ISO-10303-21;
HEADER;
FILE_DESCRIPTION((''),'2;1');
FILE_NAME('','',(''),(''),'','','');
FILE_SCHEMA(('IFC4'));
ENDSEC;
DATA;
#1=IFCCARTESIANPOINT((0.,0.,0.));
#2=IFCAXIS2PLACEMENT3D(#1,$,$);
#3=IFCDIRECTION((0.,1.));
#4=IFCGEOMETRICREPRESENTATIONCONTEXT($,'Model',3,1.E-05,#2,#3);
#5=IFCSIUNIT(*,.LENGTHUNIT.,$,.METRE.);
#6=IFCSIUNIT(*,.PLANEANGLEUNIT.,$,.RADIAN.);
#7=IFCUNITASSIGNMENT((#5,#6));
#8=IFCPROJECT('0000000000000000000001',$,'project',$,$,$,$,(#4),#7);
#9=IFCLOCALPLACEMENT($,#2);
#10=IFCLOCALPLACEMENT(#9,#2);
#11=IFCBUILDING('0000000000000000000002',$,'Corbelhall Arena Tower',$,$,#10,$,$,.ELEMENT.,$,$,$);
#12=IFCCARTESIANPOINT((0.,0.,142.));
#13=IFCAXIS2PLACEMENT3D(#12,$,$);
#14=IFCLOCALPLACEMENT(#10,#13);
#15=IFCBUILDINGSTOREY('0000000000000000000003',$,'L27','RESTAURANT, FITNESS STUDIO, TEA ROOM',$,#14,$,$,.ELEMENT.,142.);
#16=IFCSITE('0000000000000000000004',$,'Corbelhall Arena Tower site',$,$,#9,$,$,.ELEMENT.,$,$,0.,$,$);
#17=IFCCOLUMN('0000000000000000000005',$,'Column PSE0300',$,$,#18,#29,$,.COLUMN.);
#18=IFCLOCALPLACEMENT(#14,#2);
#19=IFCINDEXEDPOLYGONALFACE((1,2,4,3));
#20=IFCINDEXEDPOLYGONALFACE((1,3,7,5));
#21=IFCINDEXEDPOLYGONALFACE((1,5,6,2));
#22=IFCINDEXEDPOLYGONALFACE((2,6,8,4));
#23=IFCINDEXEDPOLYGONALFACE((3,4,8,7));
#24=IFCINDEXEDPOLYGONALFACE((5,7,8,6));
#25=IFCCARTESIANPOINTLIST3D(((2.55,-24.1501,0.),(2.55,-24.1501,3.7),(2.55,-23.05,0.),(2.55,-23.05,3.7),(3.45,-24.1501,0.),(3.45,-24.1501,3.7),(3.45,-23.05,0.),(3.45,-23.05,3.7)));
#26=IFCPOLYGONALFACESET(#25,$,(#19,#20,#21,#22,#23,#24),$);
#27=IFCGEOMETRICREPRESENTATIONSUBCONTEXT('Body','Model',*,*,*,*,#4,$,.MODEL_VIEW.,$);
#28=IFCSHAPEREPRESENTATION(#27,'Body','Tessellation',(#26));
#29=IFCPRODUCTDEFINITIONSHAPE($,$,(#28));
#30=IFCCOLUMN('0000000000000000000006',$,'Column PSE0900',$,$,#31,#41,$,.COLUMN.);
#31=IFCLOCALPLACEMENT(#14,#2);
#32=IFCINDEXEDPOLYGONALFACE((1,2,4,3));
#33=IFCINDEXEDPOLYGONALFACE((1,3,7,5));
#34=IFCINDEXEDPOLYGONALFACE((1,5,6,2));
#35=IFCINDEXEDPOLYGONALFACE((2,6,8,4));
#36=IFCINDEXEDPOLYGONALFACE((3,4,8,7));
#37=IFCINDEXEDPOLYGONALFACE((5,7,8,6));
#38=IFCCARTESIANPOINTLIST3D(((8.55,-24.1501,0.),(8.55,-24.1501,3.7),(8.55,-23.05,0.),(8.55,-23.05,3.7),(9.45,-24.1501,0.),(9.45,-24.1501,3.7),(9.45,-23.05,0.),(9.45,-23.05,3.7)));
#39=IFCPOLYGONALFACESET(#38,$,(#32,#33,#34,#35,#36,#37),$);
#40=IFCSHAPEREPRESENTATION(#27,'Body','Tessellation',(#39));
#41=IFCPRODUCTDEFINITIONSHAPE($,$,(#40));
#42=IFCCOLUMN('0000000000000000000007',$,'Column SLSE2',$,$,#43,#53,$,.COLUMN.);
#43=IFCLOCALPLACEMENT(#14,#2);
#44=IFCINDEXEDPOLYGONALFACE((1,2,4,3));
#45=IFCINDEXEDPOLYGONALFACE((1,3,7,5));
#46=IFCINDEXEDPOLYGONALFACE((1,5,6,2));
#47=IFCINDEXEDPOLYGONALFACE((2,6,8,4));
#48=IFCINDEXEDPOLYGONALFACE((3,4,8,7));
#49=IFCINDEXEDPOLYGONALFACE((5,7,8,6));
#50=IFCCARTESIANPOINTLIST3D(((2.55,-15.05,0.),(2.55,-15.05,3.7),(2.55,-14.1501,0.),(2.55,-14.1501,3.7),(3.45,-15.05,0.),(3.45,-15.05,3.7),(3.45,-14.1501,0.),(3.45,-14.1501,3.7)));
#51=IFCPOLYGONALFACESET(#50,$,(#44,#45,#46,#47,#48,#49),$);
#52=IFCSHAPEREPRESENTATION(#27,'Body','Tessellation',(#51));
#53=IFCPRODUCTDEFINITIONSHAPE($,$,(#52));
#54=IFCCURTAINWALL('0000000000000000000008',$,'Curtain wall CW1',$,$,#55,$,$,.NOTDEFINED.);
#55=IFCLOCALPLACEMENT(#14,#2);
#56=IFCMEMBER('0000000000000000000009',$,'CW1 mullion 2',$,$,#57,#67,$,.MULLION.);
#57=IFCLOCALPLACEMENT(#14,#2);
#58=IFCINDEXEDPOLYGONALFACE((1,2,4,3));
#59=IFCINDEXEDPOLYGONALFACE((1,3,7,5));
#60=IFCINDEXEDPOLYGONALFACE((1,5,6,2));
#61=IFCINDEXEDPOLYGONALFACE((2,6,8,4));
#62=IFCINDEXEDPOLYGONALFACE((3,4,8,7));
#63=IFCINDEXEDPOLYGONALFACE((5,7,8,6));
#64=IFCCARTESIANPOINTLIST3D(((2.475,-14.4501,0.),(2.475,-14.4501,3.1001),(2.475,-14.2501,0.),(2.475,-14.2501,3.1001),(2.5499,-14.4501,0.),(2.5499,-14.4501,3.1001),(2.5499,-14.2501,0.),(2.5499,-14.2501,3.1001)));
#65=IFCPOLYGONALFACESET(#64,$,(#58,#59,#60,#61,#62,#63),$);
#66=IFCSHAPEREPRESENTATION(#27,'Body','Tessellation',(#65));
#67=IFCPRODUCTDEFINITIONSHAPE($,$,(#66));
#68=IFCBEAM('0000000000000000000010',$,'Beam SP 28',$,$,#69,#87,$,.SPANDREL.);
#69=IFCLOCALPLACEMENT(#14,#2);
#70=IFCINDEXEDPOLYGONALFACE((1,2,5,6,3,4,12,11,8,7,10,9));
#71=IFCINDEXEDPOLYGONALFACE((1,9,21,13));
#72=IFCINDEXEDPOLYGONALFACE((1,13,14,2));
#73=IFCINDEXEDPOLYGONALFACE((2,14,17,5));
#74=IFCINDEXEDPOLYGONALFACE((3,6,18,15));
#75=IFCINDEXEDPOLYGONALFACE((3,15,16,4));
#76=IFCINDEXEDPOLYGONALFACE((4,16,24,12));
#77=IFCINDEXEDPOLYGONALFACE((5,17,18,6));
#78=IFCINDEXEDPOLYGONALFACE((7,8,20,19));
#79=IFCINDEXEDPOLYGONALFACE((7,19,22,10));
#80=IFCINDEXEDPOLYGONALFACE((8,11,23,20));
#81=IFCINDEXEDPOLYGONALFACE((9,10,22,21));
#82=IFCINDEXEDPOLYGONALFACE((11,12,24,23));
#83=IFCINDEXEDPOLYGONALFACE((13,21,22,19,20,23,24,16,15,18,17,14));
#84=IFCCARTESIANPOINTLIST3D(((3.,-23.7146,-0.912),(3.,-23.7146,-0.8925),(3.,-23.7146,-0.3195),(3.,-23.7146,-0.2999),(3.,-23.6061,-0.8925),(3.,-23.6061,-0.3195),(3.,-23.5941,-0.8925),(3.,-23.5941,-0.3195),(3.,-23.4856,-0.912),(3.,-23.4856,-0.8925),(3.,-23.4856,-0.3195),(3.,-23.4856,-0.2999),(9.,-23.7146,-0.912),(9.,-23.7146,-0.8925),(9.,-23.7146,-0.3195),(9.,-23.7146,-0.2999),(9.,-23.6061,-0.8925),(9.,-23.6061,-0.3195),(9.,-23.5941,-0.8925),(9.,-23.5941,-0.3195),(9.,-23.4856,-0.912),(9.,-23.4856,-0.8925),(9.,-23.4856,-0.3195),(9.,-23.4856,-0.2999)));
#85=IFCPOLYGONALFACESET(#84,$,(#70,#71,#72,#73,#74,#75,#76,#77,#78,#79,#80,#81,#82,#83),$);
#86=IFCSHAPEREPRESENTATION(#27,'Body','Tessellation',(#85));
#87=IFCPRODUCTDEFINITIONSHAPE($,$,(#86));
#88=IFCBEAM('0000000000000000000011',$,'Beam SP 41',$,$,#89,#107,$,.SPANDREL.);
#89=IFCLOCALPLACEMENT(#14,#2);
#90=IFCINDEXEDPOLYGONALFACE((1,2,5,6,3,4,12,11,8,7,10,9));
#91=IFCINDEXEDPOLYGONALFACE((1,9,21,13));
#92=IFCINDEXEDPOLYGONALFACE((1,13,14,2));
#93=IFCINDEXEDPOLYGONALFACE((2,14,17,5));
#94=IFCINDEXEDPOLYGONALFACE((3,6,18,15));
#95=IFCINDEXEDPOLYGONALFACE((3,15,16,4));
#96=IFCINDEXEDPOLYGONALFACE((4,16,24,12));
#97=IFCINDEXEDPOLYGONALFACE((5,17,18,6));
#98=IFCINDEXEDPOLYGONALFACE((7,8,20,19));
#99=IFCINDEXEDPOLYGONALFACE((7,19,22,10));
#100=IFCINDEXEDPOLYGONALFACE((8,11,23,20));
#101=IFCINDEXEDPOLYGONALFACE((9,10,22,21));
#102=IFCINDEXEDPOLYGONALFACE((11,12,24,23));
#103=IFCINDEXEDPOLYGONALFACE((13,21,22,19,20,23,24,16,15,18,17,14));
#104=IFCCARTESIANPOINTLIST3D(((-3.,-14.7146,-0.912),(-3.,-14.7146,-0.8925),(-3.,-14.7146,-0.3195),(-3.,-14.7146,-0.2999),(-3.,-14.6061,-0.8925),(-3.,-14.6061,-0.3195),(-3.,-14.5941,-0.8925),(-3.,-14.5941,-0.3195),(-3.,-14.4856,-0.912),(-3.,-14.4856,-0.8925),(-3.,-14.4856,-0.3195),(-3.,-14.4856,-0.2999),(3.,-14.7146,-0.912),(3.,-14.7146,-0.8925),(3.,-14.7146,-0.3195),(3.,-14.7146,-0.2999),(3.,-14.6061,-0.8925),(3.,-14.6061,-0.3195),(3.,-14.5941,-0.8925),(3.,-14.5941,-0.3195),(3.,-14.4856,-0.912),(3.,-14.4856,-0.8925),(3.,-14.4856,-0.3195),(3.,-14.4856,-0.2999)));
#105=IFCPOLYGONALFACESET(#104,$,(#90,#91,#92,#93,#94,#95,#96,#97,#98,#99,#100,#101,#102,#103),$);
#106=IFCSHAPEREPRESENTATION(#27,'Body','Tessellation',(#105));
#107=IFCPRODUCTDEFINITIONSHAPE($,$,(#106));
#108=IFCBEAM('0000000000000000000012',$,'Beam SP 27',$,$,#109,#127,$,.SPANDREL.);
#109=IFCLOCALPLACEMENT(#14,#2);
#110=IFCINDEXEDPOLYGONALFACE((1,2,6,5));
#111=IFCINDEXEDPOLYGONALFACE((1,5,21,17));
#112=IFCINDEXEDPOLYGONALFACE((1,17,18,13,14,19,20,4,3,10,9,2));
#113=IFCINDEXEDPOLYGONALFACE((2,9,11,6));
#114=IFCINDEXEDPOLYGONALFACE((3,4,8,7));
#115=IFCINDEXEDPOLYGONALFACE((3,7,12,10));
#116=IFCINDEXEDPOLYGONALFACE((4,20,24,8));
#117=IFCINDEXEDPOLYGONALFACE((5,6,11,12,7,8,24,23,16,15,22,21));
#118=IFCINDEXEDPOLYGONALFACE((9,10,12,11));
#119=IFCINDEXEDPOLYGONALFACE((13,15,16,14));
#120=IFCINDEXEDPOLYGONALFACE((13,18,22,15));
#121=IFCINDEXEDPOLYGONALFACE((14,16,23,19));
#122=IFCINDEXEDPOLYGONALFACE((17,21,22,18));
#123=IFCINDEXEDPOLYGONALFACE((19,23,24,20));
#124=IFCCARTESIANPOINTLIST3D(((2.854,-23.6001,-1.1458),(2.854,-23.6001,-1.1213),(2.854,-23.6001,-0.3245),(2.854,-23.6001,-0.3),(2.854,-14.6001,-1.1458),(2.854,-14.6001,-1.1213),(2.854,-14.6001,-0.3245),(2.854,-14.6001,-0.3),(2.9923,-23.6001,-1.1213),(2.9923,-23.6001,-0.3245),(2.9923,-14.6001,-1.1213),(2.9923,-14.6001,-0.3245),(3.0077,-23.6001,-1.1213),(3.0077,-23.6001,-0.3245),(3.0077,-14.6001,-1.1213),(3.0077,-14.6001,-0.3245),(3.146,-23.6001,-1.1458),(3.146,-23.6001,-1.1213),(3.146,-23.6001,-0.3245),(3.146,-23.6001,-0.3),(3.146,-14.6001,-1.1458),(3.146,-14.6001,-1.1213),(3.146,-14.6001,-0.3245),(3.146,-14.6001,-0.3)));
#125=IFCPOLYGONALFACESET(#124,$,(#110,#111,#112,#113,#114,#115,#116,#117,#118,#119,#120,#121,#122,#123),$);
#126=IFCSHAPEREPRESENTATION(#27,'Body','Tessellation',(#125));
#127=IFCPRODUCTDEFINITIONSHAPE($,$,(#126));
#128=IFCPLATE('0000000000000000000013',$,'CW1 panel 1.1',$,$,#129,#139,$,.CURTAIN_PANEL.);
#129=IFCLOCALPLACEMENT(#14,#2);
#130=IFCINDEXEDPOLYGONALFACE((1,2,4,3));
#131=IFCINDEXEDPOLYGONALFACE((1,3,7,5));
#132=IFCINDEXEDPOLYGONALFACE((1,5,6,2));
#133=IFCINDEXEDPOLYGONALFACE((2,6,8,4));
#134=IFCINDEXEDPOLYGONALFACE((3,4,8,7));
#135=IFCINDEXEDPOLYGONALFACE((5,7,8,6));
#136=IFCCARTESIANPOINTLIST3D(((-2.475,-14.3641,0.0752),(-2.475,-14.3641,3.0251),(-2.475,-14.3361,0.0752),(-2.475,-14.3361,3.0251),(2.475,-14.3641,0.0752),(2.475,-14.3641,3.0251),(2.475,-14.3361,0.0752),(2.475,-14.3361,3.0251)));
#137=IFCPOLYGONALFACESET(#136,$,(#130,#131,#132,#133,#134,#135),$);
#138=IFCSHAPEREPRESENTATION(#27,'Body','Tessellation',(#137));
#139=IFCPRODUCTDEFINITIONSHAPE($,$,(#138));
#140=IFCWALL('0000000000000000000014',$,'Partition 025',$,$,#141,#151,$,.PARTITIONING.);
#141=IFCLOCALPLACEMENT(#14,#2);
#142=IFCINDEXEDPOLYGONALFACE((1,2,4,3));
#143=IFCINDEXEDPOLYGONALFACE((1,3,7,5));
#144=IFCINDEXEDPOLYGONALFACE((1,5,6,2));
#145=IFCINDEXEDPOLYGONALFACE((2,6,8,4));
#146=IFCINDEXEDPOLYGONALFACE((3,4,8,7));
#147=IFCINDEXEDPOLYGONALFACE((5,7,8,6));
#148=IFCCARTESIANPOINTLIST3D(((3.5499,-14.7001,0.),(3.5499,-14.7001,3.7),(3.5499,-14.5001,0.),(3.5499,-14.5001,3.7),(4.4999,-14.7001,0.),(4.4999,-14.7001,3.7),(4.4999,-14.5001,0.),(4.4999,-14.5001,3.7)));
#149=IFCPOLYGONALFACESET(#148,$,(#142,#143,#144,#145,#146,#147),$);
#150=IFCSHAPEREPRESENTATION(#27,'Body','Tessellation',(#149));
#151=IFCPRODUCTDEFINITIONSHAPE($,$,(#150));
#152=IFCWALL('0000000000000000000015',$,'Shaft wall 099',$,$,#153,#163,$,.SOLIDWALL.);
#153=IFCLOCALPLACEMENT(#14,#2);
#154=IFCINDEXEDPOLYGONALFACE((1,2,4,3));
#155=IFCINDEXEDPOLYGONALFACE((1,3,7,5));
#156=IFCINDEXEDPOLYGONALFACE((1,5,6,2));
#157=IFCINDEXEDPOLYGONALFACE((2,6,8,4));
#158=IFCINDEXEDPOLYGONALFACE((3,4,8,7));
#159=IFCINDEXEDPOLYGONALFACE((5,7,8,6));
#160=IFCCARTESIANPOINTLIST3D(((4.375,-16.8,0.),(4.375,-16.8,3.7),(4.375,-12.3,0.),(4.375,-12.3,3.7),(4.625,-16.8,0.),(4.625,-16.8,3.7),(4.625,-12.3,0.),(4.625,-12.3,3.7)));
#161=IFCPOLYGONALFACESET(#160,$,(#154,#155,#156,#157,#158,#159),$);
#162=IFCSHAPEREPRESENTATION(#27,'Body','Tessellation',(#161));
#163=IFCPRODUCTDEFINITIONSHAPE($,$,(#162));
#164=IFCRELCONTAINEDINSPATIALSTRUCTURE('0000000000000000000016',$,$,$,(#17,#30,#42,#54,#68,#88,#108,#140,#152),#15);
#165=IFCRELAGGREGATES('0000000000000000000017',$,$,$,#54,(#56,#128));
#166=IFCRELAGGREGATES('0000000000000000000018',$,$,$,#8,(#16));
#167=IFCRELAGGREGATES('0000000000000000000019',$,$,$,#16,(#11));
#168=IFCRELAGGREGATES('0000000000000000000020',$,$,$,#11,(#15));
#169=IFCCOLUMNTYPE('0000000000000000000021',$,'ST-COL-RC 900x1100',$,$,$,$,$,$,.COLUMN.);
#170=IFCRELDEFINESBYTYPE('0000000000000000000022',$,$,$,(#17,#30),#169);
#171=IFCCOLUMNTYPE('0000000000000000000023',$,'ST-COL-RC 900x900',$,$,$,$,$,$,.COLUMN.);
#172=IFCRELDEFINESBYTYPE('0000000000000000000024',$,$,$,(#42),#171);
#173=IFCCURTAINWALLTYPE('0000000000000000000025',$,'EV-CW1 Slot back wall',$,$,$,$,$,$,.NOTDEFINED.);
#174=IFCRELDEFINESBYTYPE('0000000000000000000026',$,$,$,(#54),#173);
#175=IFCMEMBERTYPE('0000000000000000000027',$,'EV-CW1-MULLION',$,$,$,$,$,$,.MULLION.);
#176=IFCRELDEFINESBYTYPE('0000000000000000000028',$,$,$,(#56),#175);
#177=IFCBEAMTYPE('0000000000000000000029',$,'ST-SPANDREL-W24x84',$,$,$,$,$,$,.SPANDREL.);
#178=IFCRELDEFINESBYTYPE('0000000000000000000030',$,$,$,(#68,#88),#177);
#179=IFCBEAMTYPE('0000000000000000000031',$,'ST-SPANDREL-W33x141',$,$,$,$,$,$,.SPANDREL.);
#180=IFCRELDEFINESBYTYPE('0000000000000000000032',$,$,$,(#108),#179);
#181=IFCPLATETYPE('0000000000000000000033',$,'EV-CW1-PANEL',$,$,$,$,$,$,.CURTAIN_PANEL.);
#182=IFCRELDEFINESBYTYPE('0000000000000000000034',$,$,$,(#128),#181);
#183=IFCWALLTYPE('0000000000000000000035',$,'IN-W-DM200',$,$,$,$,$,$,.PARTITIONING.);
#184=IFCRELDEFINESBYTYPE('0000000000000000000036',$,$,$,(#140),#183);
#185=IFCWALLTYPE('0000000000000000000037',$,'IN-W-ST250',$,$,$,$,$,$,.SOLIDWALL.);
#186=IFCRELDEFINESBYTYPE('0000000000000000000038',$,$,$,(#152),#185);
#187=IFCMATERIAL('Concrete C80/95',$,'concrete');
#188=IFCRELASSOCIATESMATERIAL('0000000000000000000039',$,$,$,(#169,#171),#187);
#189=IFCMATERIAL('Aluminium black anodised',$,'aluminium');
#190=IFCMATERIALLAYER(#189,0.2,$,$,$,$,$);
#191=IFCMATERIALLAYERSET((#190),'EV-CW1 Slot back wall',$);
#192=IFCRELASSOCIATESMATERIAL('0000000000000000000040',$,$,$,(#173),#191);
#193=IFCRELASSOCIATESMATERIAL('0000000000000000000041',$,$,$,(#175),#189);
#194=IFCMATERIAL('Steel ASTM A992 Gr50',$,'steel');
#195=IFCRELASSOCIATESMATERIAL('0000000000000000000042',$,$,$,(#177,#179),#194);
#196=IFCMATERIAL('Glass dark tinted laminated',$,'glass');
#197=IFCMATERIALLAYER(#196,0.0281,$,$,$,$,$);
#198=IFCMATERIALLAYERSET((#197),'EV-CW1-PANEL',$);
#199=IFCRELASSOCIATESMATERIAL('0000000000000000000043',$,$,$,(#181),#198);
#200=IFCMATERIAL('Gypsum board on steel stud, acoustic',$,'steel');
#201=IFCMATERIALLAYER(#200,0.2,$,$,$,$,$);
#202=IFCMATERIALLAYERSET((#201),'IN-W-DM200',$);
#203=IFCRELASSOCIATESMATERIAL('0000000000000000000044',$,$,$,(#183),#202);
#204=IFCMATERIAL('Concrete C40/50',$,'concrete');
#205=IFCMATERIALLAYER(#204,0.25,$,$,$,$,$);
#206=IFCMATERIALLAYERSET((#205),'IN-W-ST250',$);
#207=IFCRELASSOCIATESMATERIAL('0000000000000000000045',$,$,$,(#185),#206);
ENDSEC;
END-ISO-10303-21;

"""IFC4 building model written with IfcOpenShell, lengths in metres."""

from ifc_helpers import new_model, si_unit, direction, frame, frame_2d, origin, origin_2d, place, context, subcontext, project, spatial, rectangle, i_section, extrude, material, layer, layer_set, material_profile, profile_set, type_object, element, aggregate, save


model = new_model("IFC4")

# Units and contexts
model_context = context("Model", 3, precision=1e-05, world=origin(), true_north=direction((0.0, 1.0)))
body_context = subcontext(model_context, "Body", "Model", "MODEL_VIEW")
ifc_project = project(units=[si_unit("LENGTHUNIT", "METRE"), si_unit("PLANEANGLEUNIT", "RADIAN")], contexts=[model_context])

# Site, building, storey
site_placement = place(None, origin())
site = spatial("IfcSite", under=ifc_project, at=site_placement, Name="Corbelhall Arena Tower site", CompositionType="ELEMENT", RefElevation=0.0)
building_placement = place(site_placement, origin())
building = spatial("IfcBuilding", under=site, at=building_placement, Name="Corbelhall Arena Tower", CompositionType="ELEMENT")
storey_placement = place(building_placement, frame((0.0, 0.0, 142.0)))
storey = spatial("IfcBuildingStorey", under=building, at=storey_placement, Name="L27", Description="RESTAURANT, FITNESS STUDIO, TEA ROOM", CompositionType="ELEMENT", Elevation=142.0)

# Columns
ifc_material_1 = material(Name="Concrete C80/95", Category="concrete")
ifc_material_profile_1 = material_profile(ifc_material_1, rectangle(XDim=0.8999, YDim=1.1001, at=origin_2d()))
ifc_profile_set_1 = profile_set([ifc_material_profile_1], Name="Concrete C80/95")
column_type_1 = type_object("IfcColumnType", Name="ST-COL-RC 900x1100", PredefinedType="COLUMN", material=ifc_profile_set_1)
for number, where, z_axis, x_axis, name in (
    (1, (3.0, -23.6001, 0.0), (0.0, 0.0, 1.0), (1.0, 0.0, 0.0), "Column PSE0300"),
    (2, (9.0, -23.6001, 0.0), (0.0, 0.0, 1.0), (1.0, 0.0, 0.0), "Column PSE0900"),
):
    element("IfcColumn", number, at=place(storey_placement, frame(where, z_axis=z_axis, x_axis=x_axis)), inside=storey, type_object=column_type_1, Name=name, PredefinedType="COLUMN", context=body_context, shape_type="SweptSolid", body=[
        extrude(rectangle(XDim=0.8999, YDim=1.1001, at=origin_2d()), origin(), (0.0, 0.0, 1.0), 3.7),
    ])
ifc_material_profile_2 = material_profile(ifc_material_1, rectangle(XDim=0.8999, YDim=0.8999, at=origin_2d()))
ifc_profile_set_2 = profile_set([ifc_material_profile_2], Name="Concrete C80/95")
column_type_2 = type_object("IfcColumnType", Name="ST-COL-RC 900x900", PredefinedType="COLUMN", material=ifc_profile_set_2)
column_placement = place(storey_placement, frame((3.0, -14.6001, 0.0), z_axis=(0.0, 0.0, 1.0), x_axis=(1.0, 0.0, 0.0)))
element("IfcColumn", 3, at=column_placement, inside=storey, type_object=column_type_2, Name="Column SLSE2", PredefinedType="COLUMN", context=body_context, shape_type="SweptSolid", body=[
    extrude(rectangle(XDim=0.8999, YDim=0.8999, at=origin_2d()), origin(), (0.0, 0.0, 1.0), 3.7),
])

# Curtain wall, member
ifc_material_2 = material(Name="Aluminium black anodised", Category="aluminium")
ifc_layer_1 = layer(ifc_material_2, 0.2)
ifc_layer_set_1 = layer_set([ifc_layer_1], Name="EV-CW1 Slot back wall")
curtain_wall_type = type_object("IfcCurtainWallType", Name="EV-CW1 Slot back wall", PredefinedType="NOTDEFINED", material=ifc_layer_set_1)
curtain_wall_placement = place(storey_placement, origin())
curtain_wall = element("IfcCurtainWall", 4, at=curtain_wall_placement, inside=storey, type_object=curtain_wall_type, Name="Curtain wall CW1", PredefinedType="NOTDEFINED")
ifc_material_profile_3 = material_profile(ifc_material_2, rectangle(XDim=0.2, YDim=0.075, at=origin_2d()))
ifc_profile_set_3 = profile_set([ifc_material_profile_3], Name="Aluminium black anodised")
member_type = type_object("IfcMemberType", Name="EV-CW1-MULLION", PredefinedType="MULLION", material=ifc_profile_set_3)
member_placement = place(storey_placement, frame((2.5125, -14.3501, 0.0), z_axis=(0.0, 0.0, 1.0), x_axis=(0.0, 1.0, 0.0)))
member = element("IfcMember", 5, at=member_placement, type_object=member_type, Name="CW1 mullion 2", PredefinedType="MULLION", context=body_context, shape_type="SweptSolid", body=[
    extrude(rectangle(XDim=0.2, YDim=0.075, at=origin_2d()), origin(), (0.0, 0.0, 1.0), 3.1001),
])

# Beams
ifc_material_3 = material(Name="Steel ASTM A992 Gr50", Category="steel")
ifc_material_profile_4 = material_profile(ifc_material_3, i_section(OverallWidth=0.229, OverallDepth=0.6121, WebThickness=0.012, FlangeThickness=0.0195, at=origin_2d()))
ifc_profile_set_4 = profile_set([ifc_material_profile_4], Name="Steel ASTM A992 Gr50")
beam_type_1 = type_object("IfcBeamType", Name="ST-SPANDREL-W24x84", PredefinedType="SPANDREL", material=ifc_profile_set_4)
for number, where, z_axis, x_axis, name in (
    (6, (9.0, -23.6001, -0.606), (-1.0, 0.0, 0.0), (0.0, -1.0, 0.0), "Beam SP 28"),
    (7, (3.0, -14.6001, -0.606), (-1.0, 0.0, 0.0), (0.0, -1.0, 0.0), "Beam SP 41"),
):
    element("IfcBeam", number, at=place(storey_placement, frame(where, z_axis=z_axis, x_axis=x_axis)), inside=storey, type_object=beam_type_1, Name=name, PredefinedType="SPANDREL", context=body_context, shape_type="SweptSolid", body=[
        extrude(i_section(OverallWidth=0.229, OverallDepth=0.6121, WebThickness=0.012, FlangeThickness=0.0195, at=origin_2d()), origin(), (0.0, 0.0, 1.0), 6.0),
    ])
ifc_material_profile_5 = material_profile(ifc_material_3, i_section(OverallWidth=0.292, OverallDepth=0.8457, WebThickness=0.0154, FlangeThickness=0.0244, at=origin_2d()))
ifc_profile_set_5 = profile_set([ifc_material_profile_5], Name="Steel ASTM A992 Gr50")
beam_type_2 = type_object("IfcBeamType", Name="ST-SPANDREL-W33x141", PredefinedType="SPANDREL", material=ifc_profile_set_5)
beam_placement = place(storey_placement, frame((3.0, -23.6001, -0.7229), z_axis=(0.0, 1.0, 0.0), x_axis=(-1.0, 0.0, 0.0)))
element("IfcBeam", 8, at=beam_placement, inside=storey, type_object=beam_type_2, Name="Beam SP 27", PredefinedType="SPANDREL", context=body_context, shape_type="SweptSolid", body=[
    extrude(i_section(OverallWidth=0.292, OverallDepth=0.8457, WebThickness=0.0154, FlangeThickness=0.0244, at=origin_2d()), origin(), (0.0, 0.0, 1.0), 9.0),
])

# Plate
ifc_material_4 = material(Name="Glass dark tinted laminated", Category="glass")
ifc_layer_2 = layer(ifc_material_4, 0.0281)
ifc_layer_set_2 = layer_set([ifc_layer_2], Name="EV-CW1-PANEL")
plate_type = type_object("IfcPlateType", Name="EV-CW1-PANEL", PredefinedType="CURTAIN_PANEL", material=ifc_layer_set_2)
plate_placement = place(storey_placement, frame((0.0, -14.3501, 0.0752), z_axis=(0.0, 0.0, 1.0), x_axis=(1.0, 0.0, 0.0)))
plate = element("IfcPlate", 9, at=plate_placement, type_object=plate_type, Name="CW1 panel 1.1", PredefinedType="CURTAIN_PANEL", context=body_context, shape_type="SweptSolid", body=[
    extrude(rectangle(XDim=4.95, YDim=0.0281, at=origin_2d()), origin(), (0.0, 0.0, 1.0), 2.95),
])
aggregate(curtain_wall, [member, plate])

# Walls
ifc_material_5 = material(Name="Gypsum board on steel stud, acoustic", Category="steel")
ifc_layer_3 = layer(ifc_material_5, 0.2)
ifc_layer_set_3 = layer_set([ifc_layer_3], Name="IN-W-DM200")
wall_type_1 = type_object("IfcWallType", Name="IN-W-DM200", PredefinedType="PARTITIONING", material=ifc_layer_set_3)
wall_1_placement = place(storey_placement, frame((4.5, -14.6001, 0.0), z_axis=(0.0, 0.0, 1.0), x_axis=(-1.0, 0.0, 0.0)))
element("IfcWall", 10, at=wall_1_placement, inside=storey, type_object=wall_type_1, Name="Partition 025", PredefinedType="PARTITIONING", context=body_context, shape_type="SweptSolid", body=[
    extrude(rectangle(XDim=0.95, YDim=0.2, at=frame_2d((0.4751, 0.0))), origin(), (0.0, 0.0, 1.0), 3.7),
])
ifc_material_6 = material(Name="Concrete C40/50", Category="concrete")
ifc_layer_4 = layer(ifc_material_6, 0.25)
ifc_layer_set_4 = layer_set([ifc_layer_4], Name="IN-W-ST250")
wall_type_2 = type_object("IfcWallType", Name="IN-W-ST250", PredefinedType="SOLIDWALL", material=ifc_layer_set_4)
wall_2_placement = place(storey_placement, frame((4.5, -16.8, 0.0), z_axis=(0.0, 0.0, 1.0), x_axis=(0.0, 1.0, 0.0)))
element("IfcWall", 11, at=wall_2_placement, inside=storey, type_object=wall_type_2, Name="Shaft wall 099", PredefinedType="SOLIDWALL", context=body_context, shape_type="SweptSolid", body=[
    extrude(rectangle(XDim=4.5, YDim=0.25, at=frame_2d((2.25, 0.0))), origin(), (0.0, 0.0, 1.0), 3.7),
])

save(model, "model.ifc")
